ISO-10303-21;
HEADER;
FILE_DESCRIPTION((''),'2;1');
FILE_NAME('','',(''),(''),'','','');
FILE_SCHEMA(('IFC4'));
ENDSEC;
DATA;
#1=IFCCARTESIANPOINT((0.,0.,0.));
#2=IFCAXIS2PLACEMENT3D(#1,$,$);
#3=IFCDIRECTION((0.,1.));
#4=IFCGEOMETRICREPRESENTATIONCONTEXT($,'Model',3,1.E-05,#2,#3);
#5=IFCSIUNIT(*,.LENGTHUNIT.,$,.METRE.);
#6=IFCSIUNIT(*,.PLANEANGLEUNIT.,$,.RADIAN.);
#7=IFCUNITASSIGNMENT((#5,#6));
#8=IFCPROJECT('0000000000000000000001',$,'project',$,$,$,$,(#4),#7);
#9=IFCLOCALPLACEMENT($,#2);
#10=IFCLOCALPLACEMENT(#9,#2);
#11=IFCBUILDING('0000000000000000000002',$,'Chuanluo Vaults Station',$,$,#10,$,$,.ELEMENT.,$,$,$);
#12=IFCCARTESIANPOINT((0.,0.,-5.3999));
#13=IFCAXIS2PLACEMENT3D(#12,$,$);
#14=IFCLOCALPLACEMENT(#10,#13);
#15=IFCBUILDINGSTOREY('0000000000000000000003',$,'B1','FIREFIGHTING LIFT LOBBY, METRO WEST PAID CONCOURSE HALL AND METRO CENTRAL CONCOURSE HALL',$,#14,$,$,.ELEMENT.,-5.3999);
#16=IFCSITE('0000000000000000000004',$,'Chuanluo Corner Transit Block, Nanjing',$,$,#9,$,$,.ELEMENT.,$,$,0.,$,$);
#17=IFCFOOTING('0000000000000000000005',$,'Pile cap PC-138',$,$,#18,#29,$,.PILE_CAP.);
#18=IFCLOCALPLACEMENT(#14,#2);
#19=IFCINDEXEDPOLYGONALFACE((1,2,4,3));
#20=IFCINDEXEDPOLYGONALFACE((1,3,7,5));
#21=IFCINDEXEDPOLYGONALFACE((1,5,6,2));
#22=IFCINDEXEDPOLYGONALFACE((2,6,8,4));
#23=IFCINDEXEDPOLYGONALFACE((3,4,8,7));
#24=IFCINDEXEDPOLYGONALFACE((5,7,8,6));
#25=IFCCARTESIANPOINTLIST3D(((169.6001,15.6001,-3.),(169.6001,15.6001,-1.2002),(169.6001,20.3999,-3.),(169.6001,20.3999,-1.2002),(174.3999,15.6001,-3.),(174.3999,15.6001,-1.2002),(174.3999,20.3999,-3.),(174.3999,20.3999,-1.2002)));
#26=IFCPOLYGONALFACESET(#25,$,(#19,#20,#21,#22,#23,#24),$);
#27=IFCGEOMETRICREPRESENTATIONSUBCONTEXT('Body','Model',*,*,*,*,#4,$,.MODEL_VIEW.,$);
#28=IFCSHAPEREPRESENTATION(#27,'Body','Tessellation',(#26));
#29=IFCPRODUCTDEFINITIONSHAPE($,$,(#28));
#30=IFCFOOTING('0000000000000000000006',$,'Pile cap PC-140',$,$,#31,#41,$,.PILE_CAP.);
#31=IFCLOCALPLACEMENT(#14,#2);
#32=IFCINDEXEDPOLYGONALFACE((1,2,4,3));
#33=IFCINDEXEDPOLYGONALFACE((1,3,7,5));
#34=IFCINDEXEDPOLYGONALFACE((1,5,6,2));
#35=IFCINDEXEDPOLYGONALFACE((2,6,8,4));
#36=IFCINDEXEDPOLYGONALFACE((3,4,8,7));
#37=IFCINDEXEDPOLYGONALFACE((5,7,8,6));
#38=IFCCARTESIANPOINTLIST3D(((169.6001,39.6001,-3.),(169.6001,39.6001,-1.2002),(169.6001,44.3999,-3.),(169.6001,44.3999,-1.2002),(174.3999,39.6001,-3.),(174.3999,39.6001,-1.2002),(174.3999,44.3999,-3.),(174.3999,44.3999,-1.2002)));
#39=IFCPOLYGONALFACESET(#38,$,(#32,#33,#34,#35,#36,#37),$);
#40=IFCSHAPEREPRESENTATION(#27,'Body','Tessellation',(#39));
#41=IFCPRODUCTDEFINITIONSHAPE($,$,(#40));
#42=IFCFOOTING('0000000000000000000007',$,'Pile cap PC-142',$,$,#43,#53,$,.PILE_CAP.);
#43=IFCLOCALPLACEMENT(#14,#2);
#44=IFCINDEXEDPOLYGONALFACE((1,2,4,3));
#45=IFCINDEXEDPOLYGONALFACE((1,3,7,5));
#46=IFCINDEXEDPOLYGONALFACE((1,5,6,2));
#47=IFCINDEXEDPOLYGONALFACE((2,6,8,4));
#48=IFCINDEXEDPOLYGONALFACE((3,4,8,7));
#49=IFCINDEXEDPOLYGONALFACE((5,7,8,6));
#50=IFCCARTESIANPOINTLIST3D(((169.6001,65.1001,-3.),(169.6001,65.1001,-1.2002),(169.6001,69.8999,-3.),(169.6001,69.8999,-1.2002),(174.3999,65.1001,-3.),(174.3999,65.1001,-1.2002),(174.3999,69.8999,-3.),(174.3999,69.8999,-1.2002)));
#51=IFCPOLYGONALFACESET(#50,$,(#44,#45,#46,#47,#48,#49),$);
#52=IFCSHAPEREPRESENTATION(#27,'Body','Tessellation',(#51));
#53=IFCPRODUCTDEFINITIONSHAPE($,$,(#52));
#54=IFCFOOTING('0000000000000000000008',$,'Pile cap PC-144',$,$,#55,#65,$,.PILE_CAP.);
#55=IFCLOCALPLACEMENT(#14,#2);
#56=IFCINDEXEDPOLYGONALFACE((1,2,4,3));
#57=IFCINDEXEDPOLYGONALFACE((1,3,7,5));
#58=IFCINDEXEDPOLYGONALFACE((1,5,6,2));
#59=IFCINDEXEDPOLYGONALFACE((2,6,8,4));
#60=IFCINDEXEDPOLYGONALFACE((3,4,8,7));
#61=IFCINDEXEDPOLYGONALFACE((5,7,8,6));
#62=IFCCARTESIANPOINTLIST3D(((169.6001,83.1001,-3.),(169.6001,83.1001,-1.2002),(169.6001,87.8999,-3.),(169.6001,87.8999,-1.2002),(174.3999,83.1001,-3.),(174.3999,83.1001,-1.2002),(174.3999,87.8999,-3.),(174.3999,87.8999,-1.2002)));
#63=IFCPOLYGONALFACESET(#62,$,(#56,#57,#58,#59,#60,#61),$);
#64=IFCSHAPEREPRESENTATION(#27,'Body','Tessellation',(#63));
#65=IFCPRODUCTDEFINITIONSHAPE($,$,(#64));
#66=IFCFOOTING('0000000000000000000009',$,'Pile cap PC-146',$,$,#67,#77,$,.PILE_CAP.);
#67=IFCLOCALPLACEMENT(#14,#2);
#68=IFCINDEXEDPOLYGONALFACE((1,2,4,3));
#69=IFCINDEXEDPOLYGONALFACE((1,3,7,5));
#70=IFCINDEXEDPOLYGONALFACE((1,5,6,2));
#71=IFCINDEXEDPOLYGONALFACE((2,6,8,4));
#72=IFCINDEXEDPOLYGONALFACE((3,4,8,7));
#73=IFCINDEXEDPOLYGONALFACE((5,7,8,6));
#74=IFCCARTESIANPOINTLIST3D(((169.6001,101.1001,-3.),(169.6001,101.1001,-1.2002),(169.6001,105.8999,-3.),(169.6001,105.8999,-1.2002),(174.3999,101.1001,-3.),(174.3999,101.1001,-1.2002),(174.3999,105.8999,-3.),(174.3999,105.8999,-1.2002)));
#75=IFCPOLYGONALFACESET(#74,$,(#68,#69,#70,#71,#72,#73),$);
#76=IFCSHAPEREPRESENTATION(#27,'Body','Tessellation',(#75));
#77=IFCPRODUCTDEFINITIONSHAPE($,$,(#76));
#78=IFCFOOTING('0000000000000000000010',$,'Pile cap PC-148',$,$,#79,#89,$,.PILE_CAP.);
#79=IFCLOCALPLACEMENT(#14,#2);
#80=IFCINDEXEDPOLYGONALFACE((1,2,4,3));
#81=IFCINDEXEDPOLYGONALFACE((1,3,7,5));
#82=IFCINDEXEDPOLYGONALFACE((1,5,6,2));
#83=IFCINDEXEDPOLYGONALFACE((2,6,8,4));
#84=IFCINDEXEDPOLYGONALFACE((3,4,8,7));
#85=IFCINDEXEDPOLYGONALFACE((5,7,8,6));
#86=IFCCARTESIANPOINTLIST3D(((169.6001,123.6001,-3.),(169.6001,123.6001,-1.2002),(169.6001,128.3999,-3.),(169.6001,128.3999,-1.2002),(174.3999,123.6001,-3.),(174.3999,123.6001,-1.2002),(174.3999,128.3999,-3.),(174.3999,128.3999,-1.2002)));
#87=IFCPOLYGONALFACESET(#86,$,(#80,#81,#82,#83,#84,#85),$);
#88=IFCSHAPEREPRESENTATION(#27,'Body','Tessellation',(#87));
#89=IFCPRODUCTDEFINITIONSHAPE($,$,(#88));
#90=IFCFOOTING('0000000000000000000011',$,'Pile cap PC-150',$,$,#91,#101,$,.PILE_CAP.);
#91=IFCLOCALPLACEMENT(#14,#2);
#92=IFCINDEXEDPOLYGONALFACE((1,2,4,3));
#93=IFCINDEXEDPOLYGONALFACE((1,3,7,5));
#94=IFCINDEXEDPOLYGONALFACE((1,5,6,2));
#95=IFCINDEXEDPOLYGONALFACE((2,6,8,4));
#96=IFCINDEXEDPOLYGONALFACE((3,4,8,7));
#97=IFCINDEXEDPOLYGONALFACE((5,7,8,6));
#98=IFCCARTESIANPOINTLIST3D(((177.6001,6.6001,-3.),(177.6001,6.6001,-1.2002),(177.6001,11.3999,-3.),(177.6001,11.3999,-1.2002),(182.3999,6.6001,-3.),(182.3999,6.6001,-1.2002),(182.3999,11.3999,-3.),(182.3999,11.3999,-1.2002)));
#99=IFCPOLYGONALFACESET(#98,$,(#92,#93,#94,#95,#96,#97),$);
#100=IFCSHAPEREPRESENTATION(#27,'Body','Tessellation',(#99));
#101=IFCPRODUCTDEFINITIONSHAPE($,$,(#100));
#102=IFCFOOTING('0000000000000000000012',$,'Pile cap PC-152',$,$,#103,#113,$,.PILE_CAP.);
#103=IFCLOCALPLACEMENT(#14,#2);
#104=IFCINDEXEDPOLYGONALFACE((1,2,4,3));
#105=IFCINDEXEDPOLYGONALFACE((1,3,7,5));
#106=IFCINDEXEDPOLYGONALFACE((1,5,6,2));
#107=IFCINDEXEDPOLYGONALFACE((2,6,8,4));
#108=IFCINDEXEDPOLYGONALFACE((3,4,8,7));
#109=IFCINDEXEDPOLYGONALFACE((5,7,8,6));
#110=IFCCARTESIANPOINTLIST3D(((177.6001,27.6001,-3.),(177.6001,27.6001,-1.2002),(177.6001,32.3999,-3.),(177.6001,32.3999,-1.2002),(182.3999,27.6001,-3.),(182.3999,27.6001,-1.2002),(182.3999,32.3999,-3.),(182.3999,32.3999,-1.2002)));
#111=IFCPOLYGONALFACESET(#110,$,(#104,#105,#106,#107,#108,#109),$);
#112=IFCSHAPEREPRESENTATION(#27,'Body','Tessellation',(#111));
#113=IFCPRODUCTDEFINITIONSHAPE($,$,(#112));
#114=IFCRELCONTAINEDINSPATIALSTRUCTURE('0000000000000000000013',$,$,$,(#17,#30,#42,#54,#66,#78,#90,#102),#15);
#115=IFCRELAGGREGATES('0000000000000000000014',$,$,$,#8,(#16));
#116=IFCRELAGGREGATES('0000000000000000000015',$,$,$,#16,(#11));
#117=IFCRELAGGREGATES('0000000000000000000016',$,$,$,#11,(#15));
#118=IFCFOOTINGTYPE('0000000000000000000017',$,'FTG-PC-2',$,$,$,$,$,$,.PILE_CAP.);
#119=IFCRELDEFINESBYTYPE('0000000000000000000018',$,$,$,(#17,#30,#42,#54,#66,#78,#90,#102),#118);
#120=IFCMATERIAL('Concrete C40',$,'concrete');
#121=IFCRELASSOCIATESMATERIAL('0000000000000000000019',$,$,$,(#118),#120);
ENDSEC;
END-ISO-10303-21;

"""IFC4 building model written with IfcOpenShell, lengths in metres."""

from ifc_helpers import new_model, si_unit, direction, frame, origin, place, context, subcontext, project, spatial, polyline, outline, extrude, material, type_object, element, save


model = new_model("IFC4")

# Units and contexts
model_context = context("Model", 3, precision=1e-05, world=origin(), true_north=direction((0.0, 1.0)))
body_context = subcontext(model_context, "Body", "Model", "MODEL_VIEW")
ifc_project = project(units=[si_unit("LENGTHUNIT", "METRE"), si_unit("PLANEANGLEUNIT", "RADIAN")], contexts=[model_context])

# Site, building, storey
site_placement = place(None, origin())
site = spatial("IfcSite", under=ifc_project, at=site_placement, Name="Chuanluo Corner Transit Block, Nanjing", CompositionType="ELEMENT", RefElevation=0.0)
building_placement = place(site_placement, origin())
building = spatial("IfcBuilding", under=site, at=building_placement, Name="Chuanluo Vaults Station", CompositionType="ELEMENT")
storey_placement = place(building_placement, frame((0.0, 0.0, -5.3999)))
storey = spatial("IfcBuildingStorey", under=building, at=storey_placement, Name="B1", Description="FIREFIGHTING LIFT LOBBY, METRO WEST PAID CONCOURSE HALL AND METRO CENTRAL CONCOURSE HALL", CompositionType="ELEMENT", Elevation=-5.3999)

# Footings
ifc_material = material(Name="Concrete C40", Category="concrete")
footing_type = type_object("IfcFootingType", Name="FTG-PC-2", PredefinedType="PILE_CAP", material=ifc_material)
footing_1_placement = place(storey_placement, frame((0.0, 0.0, -3.0)))
element("IfcFooting", 1, at=footing_1_placement, inside=storey, type_object=footing_type, Name="Pile cap PC-138", PredefinedType="PILE_CAP", context=body_context, shape_type="SweptSolid", body=[
    extrude(outline(polyline([(169.6001, 15.6001), (174.3999, 15.6001), (174.3999, 20.3999), (169.6001, 20.3999), (169.6001, 15.6001)])), origin(), (0.0, 0.0, 1.0), 1.7998),
])
footing_2_placement = place(storey_placement, frame((0.0, 0.0, -3.0)))
element("IfcFooting", 2, at=footing_2_placement, inside=storey, type_object=footing_type, Name="Pile cap PC-140", PredefinedType="PILE_CAP", context=body_context, shape_type="SweptSolid", body=[
    extrude(outline(polyline([(169.6001, 39.6001), (174.3999, 39.6001), (174.3999, 44.3999), (169.6001, 44.3999), (169.6001, 39.6001)])), origin(), (0.0, 0.0, 1.0), 1.7998),
])
footing_3_placement = place(storey_placement, frame((0.0, 0.0, -3.0)))
element("IfcFooting", 3, at=footing_3_placement, inside=storey, type_object=footing_type, Name="Pile cap PC-142", PredefinedType="PILE_CAP", context=body_context, shape_type="SweptSolid", body=[
    extrude(outline(polyline([(169.6001, 65.1001), (174.3999, 65.1001), (174.3999, 69.8999), (169.6001, 69.8999), (169.6001, 65.1001)])), origin(), (0.0, 0.0, 1.0), 1.7998),
])
footing_4_placement = place(storey_placement, frame((0.0, 0.0, -3.0)))
element("IfcFooting", 4, at=footing_4_placement, inside=storey, type_object=footing_type, Name="Pile cap PC-144", PredefinedType="PILE_CAP", context=body_context, shape_type="SweptSolid", body=[
    extrude(outline(polyline([(169.6001, 83.1001), (174.3999, 83.1001), (174.3999, 87.8999), (169.6001, 87.8999), (169.6001, 83.1001)])), origin(), (0.0, 0.0, 1.0), 1.7998),
])
footing_5_placement = place(storey_placement, frame((0.0, 0.0, -3.0)))
element("IfcFooting", 5, at=footing_5_placement, inside=storey, type_object=footing_type, Name="Pile cap PC-146", PredefinedType="PILE_CAP", context=body_context, shape_type="SweptSolid", body=[
    extrude(outline(polyline([(169.6001, 101.1001), (174.3999, 101.1001), (174.3999, 105.8999), (169.6001, 105.8999), (169.6001, 101.1001)])), origin(), (0.0, 0.0, 1.0), 1.7998),
])
footing_6_placement = place(storey_placement, frame((0.0, 0.0, -3.0)))
element("IfcFooting", 6, at=footing_6_placement, inside=storey, type_object=footing_type, Name="Pile cap PC-148", PredefinedType="PILE_CAP", context=body_context, shape_type="SweptSolid", body=[
    extrude(outline(polyline([(169.6001, 123.6001), (174.3999, 123.6001), (174.3999, 128.3999), (169.6001, 128.3999), (169.6001, 123.6001)])), origin(), (0.0, 0.0, 1.0), 1.7998),
])
footing_7_placement = place(storey_placement, frame((0.0, 0.0, -3.0)))
element("IfcFooting", 7, at=footing_7_placement, inside=storey, type_object=footing_type, Name="Pile cap PC-150", PredefinedType="PILE_CAP", context=body_context, shape_type="SweptSolid", body=[
    extrude(outline(polyline([(177.6001, 6.6001), (182.3999, 6.6001), (182.3999, 11.3999), (177.6001, 11.3999), (177.6001, 6.6001)])), origin(), (0.0, 0.0, 1.0), 1.7998),
])
footing_8_placement = place(storey_placement, frame((0.0, 0.0, -3.0)))
element("IfcFooting", 8, at=footing_8_placement, inside=storey, type_object=footing_type, Name="Pile cap PC-152", PredefinedType="PILE_CAP", context=body_context, shape_type="SweptSolid", body=[
    extrude(outline(polyline([(177.6001, 27.6001), (182.3999, 27.6001), (182.3999, 32.3999), (177.6001, 32.3999), (177.6001, 27.6001)])), origin(), (0.0, 0.0, 1.0), 1.7998),
])

save(model, "model.ifc")
